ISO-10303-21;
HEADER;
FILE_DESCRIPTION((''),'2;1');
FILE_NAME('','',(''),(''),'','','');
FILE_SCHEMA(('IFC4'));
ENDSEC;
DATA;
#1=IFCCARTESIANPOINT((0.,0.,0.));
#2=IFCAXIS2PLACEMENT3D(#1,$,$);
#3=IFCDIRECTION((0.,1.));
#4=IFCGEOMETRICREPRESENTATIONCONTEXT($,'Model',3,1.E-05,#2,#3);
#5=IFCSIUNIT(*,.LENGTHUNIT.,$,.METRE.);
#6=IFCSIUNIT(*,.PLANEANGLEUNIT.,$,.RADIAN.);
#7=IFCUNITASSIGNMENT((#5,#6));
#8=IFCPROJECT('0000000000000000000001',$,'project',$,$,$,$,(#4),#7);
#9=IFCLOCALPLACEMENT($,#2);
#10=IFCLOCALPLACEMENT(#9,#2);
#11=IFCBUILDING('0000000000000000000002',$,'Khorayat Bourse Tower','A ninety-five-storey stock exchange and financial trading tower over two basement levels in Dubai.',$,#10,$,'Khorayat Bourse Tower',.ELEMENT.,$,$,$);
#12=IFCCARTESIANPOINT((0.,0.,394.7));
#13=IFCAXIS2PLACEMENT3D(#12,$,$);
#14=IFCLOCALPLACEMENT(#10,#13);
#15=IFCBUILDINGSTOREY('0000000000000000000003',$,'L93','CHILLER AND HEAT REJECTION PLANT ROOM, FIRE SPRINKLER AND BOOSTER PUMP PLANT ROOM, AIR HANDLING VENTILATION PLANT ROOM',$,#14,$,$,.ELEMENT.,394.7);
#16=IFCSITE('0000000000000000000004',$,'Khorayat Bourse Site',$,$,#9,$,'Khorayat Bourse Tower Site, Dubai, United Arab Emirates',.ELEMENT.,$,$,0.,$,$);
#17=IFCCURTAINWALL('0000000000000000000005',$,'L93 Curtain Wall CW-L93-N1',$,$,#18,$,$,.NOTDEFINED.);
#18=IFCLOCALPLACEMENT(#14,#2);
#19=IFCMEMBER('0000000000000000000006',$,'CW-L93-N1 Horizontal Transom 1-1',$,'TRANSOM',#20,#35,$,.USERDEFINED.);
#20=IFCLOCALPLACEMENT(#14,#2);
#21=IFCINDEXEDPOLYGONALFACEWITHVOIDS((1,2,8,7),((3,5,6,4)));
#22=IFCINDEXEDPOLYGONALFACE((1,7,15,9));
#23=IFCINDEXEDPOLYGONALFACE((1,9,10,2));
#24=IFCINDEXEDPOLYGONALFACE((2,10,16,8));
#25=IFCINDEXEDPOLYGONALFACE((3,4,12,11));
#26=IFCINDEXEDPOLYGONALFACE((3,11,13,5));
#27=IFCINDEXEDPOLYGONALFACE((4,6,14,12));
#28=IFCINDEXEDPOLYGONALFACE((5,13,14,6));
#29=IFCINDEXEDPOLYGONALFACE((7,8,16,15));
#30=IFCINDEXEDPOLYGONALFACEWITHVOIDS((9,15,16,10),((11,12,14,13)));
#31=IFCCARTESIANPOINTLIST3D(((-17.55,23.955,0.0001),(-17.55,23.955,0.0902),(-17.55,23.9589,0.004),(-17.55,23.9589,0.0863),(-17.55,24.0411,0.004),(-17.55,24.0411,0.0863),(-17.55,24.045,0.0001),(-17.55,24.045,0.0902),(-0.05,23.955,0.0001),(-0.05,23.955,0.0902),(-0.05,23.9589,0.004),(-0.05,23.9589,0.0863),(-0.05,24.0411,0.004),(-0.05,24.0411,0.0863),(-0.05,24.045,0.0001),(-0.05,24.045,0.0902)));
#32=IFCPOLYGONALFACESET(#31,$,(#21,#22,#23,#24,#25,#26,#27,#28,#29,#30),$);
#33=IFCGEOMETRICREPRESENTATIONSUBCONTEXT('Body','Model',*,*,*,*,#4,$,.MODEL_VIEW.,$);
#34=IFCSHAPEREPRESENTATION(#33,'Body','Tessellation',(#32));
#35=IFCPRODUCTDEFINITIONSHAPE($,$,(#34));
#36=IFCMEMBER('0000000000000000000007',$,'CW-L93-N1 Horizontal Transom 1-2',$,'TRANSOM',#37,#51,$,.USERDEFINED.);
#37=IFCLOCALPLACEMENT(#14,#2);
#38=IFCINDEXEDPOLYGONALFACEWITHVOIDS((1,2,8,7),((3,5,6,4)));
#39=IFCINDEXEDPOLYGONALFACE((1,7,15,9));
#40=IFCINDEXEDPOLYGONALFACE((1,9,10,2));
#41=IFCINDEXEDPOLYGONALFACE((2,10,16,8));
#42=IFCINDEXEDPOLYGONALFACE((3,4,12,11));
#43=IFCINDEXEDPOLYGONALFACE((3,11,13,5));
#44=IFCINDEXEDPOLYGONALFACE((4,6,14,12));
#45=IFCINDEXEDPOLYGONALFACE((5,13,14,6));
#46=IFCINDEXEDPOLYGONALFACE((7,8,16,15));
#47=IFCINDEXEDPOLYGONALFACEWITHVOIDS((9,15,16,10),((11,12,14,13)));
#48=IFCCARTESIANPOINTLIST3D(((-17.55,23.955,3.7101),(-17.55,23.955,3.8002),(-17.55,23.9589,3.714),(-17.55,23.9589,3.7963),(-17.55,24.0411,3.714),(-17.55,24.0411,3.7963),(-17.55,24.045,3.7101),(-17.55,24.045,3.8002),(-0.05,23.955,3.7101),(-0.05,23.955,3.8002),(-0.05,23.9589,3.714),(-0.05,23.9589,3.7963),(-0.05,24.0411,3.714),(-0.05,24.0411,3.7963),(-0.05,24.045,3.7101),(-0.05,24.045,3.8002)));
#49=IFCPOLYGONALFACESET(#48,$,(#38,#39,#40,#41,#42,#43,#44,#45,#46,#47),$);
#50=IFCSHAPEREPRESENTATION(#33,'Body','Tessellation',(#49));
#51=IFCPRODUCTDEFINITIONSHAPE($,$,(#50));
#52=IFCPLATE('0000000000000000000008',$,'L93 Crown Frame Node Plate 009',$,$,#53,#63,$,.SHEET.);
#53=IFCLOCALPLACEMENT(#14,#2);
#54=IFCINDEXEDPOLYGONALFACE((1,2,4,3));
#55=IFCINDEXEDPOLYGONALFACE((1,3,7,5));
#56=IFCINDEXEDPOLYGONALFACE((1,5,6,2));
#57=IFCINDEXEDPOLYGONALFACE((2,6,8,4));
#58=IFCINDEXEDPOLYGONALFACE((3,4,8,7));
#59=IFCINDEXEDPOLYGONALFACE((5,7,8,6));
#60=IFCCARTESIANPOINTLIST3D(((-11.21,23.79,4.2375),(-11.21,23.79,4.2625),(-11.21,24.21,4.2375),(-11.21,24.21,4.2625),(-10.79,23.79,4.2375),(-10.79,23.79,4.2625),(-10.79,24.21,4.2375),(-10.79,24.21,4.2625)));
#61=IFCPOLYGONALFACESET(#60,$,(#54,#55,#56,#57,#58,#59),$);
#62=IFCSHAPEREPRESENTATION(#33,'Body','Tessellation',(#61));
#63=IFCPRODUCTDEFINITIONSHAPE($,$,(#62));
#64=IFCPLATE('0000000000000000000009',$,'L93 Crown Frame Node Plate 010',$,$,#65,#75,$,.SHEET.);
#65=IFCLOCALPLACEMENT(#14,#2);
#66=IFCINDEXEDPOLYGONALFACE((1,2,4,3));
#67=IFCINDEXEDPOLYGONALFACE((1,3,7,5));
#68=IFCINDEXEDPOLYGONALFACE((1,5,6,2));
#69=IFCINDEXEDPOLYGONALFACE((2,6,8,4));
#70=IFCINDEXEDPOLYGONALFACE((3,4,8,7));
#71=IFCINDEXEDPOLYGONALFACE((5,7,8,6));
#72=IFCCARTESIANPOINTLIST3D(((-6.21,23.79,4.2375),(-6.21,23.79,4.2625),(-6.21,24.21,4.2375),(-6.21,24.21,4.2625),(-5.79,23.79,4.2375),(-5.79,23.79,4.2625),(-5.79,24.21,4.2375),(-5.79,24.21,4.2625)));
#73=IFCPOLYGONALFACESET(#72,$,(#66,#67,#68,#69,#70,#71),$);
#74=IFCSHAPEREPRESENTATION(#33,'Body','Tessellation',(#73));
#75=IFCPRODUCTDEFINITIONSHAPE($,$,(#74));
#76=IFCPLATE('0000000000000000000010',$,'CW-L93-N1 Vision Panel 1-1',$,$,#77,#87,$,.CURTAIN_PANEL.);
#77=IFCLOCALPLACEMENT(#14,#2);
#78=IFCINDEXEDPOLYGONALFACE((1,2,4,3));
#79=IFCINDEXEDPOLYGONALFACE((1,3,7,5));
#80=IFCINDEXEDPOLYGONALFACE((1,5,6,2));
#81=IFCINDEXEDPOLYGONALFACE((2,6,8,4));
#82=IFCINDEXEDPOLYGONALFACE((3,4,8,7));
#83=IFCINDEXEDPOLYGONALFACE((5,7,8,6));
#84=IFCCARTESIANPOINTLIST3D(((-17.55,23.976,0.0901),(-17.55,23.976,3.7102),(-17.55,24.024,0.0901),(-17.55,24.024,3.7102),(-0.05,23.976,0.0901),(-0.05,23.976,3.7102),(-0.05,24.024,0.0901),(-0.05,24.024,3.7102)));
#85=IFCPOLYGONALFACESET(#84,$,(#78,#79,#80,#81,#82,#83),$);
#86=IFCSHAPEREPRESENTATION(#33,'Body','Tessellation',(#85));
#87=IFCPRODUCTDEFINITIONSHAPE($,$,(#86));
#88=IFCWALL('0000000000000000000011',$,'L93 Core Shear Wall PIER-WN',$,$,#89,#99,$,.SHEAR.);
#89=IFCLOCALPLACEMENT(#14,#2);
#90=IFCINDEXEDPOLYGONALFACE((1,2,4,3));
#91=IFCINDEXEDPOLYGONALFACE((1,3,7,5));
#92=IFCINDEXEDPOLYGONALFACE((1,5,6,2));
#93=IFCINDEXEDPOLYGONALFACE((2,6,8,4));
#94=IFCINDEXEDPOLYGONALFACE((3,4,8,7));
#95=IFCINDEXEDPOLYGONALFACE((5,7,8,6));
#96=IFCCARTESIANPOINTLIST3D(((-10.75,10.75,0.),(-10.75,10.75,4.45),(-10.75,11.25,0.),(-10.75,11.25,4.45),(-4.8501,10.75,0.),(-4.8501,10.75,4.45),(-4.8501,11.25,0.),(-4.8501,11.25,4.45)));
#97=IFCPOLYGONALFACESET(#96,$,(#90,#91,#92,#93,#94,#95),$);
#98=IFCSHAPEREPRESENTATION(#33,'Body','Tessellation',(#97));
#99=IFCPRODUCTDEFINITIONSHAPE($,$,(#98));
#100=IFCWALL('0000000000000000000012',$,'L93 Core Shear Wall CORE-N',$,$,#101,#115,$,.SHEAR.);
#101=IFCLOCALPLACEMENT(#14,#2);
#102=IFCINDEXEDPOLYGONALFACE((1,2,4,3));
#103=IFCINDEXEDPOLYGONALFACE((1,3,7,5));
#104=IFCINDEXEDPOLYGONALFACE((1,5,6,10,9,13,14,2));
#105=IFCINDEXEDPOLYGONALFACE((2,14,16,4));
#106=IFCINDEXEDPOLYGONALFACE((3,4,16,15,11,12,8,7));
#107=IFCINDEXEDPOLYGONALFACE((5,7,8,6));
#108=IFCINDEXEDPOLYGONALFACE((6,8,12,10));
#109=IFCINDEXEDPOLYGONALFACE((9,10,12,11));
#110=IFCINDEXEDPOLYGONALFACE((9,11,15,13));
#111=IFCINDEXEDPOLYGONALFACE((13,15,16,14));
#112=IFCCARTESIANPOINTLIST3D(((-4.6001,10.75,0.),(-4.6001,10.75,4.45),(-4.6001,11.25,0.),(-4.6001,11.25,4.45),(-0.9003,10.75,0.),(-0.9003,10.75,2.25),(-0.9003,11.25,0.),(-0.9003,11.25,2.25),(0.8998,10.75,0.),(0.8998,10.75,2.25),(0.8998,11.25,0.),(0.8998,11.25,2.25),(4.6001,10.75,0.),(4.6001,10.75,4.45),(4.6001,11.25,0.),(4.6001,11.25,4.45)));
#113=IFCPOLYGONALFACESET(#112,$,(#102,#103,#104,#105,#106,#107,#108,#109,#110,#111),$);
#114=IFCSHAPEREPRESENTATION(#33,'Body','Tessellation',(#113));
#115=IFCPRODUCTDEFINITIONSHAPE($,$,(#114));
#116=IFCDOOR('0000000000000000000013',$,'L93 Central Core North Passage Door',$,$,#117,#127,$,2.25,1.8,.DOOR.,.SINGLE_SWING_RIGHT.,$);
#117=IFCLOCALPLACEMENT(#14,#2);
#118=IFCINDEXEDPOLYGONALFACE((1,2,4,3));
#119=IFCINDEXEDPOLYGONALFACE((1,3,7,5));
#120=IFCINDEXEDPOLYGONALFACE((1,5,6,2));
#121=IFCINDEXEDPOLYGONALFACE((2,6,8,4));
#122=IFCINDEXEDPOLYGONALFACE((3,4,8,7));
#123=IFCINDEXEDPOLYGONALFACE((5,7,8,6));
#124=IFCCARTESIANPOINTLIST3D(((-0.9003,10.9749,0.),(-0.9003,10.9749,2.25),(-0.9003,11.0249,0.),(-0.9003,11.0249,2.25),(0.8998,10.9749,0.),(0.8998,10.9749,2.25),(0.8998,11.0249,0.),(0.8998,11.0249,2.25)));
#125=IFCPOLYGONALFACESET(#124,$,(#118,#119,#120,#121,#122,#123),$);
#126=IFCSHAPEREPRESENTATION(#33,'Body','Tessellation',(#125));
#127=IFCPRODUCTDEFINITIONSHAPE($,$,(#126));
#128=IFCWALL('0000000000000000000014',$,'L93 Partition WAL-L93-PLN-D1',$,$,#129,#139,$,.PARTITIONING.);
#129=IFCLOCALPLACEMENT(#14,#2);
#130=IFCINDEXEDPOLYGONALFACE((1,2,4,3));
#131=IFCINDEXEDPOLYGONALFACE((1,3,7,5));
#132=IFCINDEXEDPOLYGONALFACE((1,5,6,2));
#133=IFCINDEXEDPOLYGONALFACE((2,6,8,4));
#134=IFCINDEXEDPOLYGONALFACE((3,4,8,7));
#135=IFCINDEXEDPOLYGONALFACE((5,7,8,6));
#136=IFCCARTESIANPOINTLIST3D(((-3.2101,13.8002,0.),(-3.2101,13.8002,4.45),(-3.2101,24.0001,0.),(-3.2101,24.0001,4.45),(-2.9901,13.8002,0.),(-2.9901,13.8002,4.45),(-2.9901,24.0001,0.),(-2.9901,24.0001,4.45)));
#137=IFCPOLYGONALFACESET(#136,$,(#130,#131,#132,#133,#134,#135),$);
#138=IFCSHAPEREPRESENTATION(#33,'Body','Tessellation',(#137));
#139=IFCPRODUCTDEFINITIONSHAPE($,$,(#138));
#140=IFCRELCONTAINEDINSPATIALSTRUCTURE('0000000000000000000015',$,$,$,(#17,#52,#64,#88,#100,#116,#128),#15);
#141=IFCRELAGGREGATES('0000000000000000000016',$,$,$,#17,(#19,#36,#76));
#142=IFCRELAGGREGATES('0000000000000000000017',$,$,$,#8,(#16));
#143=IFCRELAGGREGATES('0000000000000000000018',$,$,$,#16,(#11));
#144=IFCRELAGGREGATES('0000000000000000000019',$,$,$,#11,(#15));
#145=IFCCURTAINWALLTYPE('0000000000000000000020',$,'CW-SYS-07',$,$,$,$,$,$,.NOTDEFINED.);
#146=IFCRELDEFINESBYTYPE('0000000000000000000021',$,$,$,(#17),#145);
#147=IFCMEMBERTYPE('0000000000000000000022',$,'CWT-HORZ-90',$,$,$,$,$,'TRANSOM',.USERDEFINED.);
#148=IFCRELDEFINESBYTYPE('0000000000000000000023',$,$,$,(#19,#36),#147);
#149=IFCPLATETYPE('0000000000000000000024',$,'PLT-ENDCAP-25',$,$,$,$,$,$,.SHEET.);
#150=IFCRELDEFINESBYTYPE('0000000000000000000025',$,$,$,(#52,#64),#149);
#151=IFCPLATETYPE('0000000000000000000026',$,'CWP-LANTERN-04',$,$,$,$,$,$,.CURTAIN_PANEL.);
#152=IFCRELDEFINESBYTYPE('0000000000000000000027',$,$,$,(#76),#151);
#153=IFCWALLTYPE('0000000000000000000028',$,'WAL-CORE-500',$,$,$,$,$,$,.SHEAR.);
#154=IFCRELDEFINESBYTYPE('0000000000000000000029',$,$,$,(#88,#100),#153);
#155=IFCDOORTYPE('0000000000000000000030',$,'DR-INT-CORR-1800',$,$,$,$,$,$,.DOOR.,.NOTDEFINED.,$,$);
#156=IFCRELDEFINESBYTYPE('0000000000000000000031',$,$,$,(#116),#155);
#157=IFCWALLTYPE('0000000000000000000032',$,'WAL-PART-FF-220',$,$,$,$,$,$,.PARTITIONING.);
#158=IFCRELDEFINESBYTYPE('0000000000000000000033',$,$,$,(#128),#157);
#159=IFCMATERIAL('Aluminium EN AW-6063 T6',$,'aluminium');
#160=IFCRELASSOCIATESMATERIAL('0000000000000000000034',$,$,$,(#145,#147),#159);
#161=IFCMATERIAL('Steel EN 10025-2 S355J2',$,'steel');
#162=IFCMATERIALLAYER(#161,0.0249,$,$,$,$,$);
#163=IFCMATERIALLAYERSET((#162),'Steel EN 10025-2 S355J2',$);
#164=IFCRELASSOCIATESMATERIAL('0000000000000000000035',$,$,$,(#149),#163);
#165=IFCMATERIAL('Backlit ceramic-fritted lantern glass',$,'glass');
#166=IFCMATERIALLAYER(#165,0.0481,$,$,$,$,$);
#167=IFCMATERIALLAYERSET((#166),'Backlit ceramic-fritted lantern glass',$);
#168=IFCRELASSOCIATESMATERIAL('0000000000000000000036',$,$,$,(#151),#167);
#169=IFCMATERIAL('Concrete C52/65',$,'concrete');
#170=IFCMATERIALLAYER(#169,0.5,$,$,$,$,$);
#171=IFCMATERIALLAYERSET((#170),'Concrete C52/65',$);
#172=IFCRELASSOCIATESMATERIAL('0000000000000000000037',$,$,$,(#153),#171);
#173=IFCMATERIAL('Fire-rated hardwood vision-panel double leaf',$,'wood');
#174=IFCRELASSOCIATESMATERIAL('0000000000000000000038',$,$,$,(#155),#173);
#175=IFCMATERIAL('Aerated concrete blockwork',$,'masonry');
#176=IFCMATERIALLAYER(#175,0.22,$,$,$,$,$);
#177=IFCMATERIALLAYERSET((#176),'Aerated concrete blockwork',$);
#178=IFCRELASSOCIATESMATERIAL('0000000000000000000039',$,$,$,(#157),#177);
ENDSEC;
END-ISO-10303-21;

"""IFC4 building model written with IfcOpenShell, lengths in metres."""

from ifc_helpers import new_model, si_unit, direction, frame, frame_2d, origin, origin_2d, place, context, subcontext, project, spatial, rectangle, hollow_rectangle, extrude, source, transform, mapped, material, layer, layer_set, material_profile, profile_set, type_object, element, fill, aggregate, save


model = new_model("IFC4")

# Units and contexts
model_context = context("Model", 3, precision=1e-05, world=origin(), true_north=direction((0.0, 1.0)))
body_context = subcontext(model_context, "Body", "Model", "MODEL_VIEW")
ifc_project = project(units=[si_unit("LENGTHUNIT", "METRE"), si_unit("PLANEANGLEUNIT", "RADIAN")], contexts=[model_context])

# Site, building, storey
site_placement = place(None, origin())
site = spatial("IfcSite", under=ifc_project, at=site_placement, Name="Khorayat Bourse Site", LongName="Khorayat Bourse Tower Site, Dubai, United Arab Emirates", CompositionType="ELEMENT", RefElevation=0.0)
building_placement = place(site_placement, origin())
building = spatial("IfcBuilding", under=site, at=building_placement, Name="Khorayat Bourse Tower", Description="A ninety-five-storey stock exchange and financial trading tower over two basement levels in Dubai.", LongName="Khorayat Bourse Tower", CompositionType="ELEMENT")
storey_placement = place(building_placement, frame((0.0, 0.0, 394.7)))
storey = spatial("IfcBuildingStorey", under=building, at=storey_placement, Name="L93", Description="CHILLER AND HEAT REJECTION PLANT ROOM, FIRE SPRINKLER AND BOOSTER PUMP PLANT ROOM, AIR HANDLING VENTILATION PLANT ROOM", CompositionType="ELEMENT", Elevation=394.7)

# Shared definitions
ifc_material_1 = material(Name="Concrete C52/65", Category="concrete")
ifc_material_2 = material(Name="Steel EN 10025-2 S355J2", Category="steel")

# Curtain wall, members
ifc_material_3 = material(Name="Aluminium EN AW-6063 T6", Category="aluminium")
curtain_wall_type = type_object("IfcCurtainWallType", Name="CW-SYS-07", PredefinedType="NOTDEFINED", material=ifc_material_3)
curtain_wall_placement = place(storey_placement, origin())
curtain_wall = element("IfcCurtainWall", 1, at=curtain_wall_placement, inside=storey, type_object=curtain_wall_type, Name="L93 Curtain Wall CW-L93-N1", PredefinedType="NOTDEFINED")
ifc_material_profile_1 = material_profile(ifc_material_3, hollow_rectangle(XDim=0.0901, YDim=0.0901, WallThickness=0.0039, at=origin_2d()), Name="ALU 90x90x4")
ifc_profile_set_1 = profile_set([ifc_material_profile_1], Name="Aluminium EN AW-6063 T6")
member_type_1 = type_object("IfcMemberType", Name="CWT-HORZ-90", ElementType="TRANSOM", PredefinedType="USERDEFINED", material=ifc_profile_set_1)
shared_shape_1 = source(origin(), body_context, "Body", "SweptSolid", [
    extrude(hollow_rectangle(XDim=0.0901, YDim=0.0901, WallThickness=0.0039, at=origin_2d()), origin(), (0.0, 0.0, 1.0), 17.5),
])
member_1_placement = place(storey_placement, frame((-17.55, 24.0, 0.0452), z_axis=(1.0, 0.0, 0.0), x_axis=(0.0, 1.0, 0.0)))
member_1 = element("IfcMember", 2, at=member_1_placement, type_object=member_type_1, Name="CW-L93-N1 Horizontal Transom 1-1", ObjectType="TRANSOM", PredefinedType="USERDEFINED", context=body_context, shape_type="MappedRepresentation", body=[
    mapped(shared_shape_1, transform((0.0, 0.0, 0.0), scale=1.0)),
])
member_2_placement = place(storey_placement, frame((-17.55, 24.0, 3.7551), z_axis=(1.0, 0.0, 0.0), x_axis=(0.0, 1.0, 0.0)))
member_2 = element("IfcMember", 3, at=member_2_placement, type_object=member_type_1, Name="CW-L93-N1 Horizontal Transom 1-2", ObjectType="TRANSOM", PredefinedType="USERDEFINED", context=body_context, shape_type="MappedRepresentation", body=[
    mapped(shared_shape_1, transform((0.0, 0.0, 0.0), scale=1.0)),
])

# Plates
ifc_layer_1 = layer(ifc_material_2, 0.0249)
ifc_layer_set_1 = layer_set([ifc_layer_1], Name="Steel EN 10025-2 S355J2")
plate_type_1 = type_object("IfcPlateType", Name="PLT-ENDCAP-25", PredefinedType="SHEET", material=ifc_layer_set_1)
shared_shape_2 = source(origin(), body_context, "Body", "SweptSolid", [
    extrude(rectangle(XDim=0.4199, YDim=0.4199, at=origin_2d()), origin(), (0.0, 0.0, 1.0), 0.0249),
])
for number, where, z_axis, x_axis, name in (
    (4, (-11.0, 24.0, 4.2375), (0.0, 0.0, 1.0), (1.0, 0.0, 0.0), "L93 Crown Frame Node Plate 009"),
    (5, (-6.0, 24.0, 4.2375), (0.0, 0.0, 1.0), (1.0, 0.0, 0.0), "L93 Crown Frame Node Plate 010"),
):
    element("IfcPlate", number, at=place(storey_placement, frame(where, z_axis=z_axis, x_axis=x_axis)), inside=storey, type_object=plate_type_1, Name=name, PredefinedType="SHEET", context=body_context, shape_type="MappedRepresentation", body=[
        mapped(shared_shape_2, transform((0.0, 0.0, 0.0), scale=1.0)),
    ])

# Plate
ifc_material_4 = material(Name="Backlit ceramic-fritted lantern glass", Category="glass")
ifc_layer_2 = layer(ifc_material_4, 0.0481)
ifc_layer_set_2 = layer_set([ifc_layer_2], Name="Backlit ceramic-fritted lantern glass")
plate_type_2 = type_object("IfcPlateType", Name="CWP-LANTERN-04", PredefinedType="CURTAIN_PANEL", material=ifc_layer_set_2)
shared_shape_3 = source(origin(), body_context, "Body", "SweptSolid", [
    extrude(rectangle(XDim=17.5, YDim=0.0481, at=origin_2d()), origin(), (0.0, 0.0, 1.0), 3.6201),
])
plate_placement = place(storey_placement, frame((-8.8, 24.0, 0.0901), z_axis=(0.0, 0.0, 1.0), x_axis=(1.0, 0.0, 0.0)))
plate = element("IfcPlate", 6, at=plate_placement, type_object=plate_type_2, Name="CW-L93-N1 Vision Panel 1-1", PredefinedType="CURTAIN_PANEL", context=body_context, shape_type="MappedRepresentation", body=[
    mapped(shared_shape_3, transform((0.0, 0.0, 0.0), scale=1.0)),
])
aggregate(curtain_wall, [member_1, member_2, plate])

# Wall
ifc_layer_3 = layer(ifc_material_1, 0.5)
ifc_layer_set_3 = layer_set([ifc_layer_3], Name="Concrete C52/65")
wall_type_1 = type_object("IfcWallType", Name="WAL-CORE-500", PredefinedType="SHEAR", material=ifc_layer_set_3)
shared_shape_4 = source(origin(), body_context, "Body", "SweptSolid", [
    extrude(rectangle(XDim=5.8999, YDim=0.5, at=frame_2d((2.95, 0.0))), origin(), (0.0, 0.0, 1.0), 4.45),
])
wall_1_placement = place(storey_placement, frame((-10.75, 11.0, 0.0), z_axis=(0.0, 0.0, 1.0), x_axis=(1.0, 0.0, 0.0)))
element("IfcWall", 7, at=wall_1_placement, inside=storey, type_object=wall_type_1, Name="L93 Core Shear Wall PIER-WN", PredefinedType="SHEAR", context=body_context, shape_type="MappedRepresentation", body=[
    mapped(shared_shape_4, transform((0.0, 0.0, 0.0), scale=1.0)),
])

# Wall, opening, door
shared_shape_5 = source(origin(), body_context, "Body", "SweptSolid", [
    extrude(rectangle(XDim=9.2002, YDim=0.5, at=frame_2d((4.6001, 0.0))), origin(), (0.0, 0.0, 1.0), 4.45),
])
wall_2_placement = place(storey_placement, frame((-4.6001, 11.0, 0.0), z_axis=(0.0, 0.0, 1.0), x_axis=(1.0, 0.0, 0.0)))
wall_2 = element("IfcWall", 8, at=wall_2_placement, inside=storey, type_object=wall_type_1, Name="L93 Core Shear Wall CORE-N", PredefinedType="SHEAR", context=body_context, shape_type="MappedRepresentation", body=[
    mapped(shared_shape_5, transform((0.0, 0.0, 0.0), scale=1.0)),
])
shared_shape_6 = source(origin(), body_context, "Body", "SweptSolid", [
    extrude(rectangle(XDim=1.8, YDim=2.25, at=frame_2d((0.8999, 1.125))), frame((0.0, 0.26, 0.0), z_axis=(0.0, -1.0, 0.0), x_axis=(1.0, 0.0, 0.0)), (0.0, 0.0, 1.0), 0.52),
])
opening_placement = place(wall_2_placement, frame((3.7, 0.0, 0.0)))
opening = element("IfcOpeningElement", 9, at=opening_placement, cuts=wall_2, PredefinedType="OPENING", context=body_context, shape_type="MappedRepresentation", body=[
    mapped(shared_shape_6, transform((0.0, 0.0, 0.0), scale=1.0)),
])
ifc_material_5 = material(Name="Fire-rated hardwood vision-panel double leaf", Category="wood")
door_type = type_object("IfcDoorType", Name="DR-INT-CORR-1800", OperationType="NOTDEFINED", PredefinedType="DOOR", material=ifc_material_5)
shared_shape_7 = source(origin(), body_context, "Body", "SweptSolid", [
    extrude(rectangle(XDim=1.8, YDim=2.25, at=frame_2d((0.8999, 1.125))), frame((0.0, 0.0249, 0.0), z_axis=(0.0, -1.0, 0.0), x_axis=(1.0, 0.0, 0.0)), (0.0, 0.0, 1.0), 0.05),
])
door_placement = place(opening_placement, origin())
door = element("IfcDoor", 10, at=door_placement, inside=storey, type_object=door_type, Name="L93 Central Core North Passage Door", OperationType="SINGLE_SWING_RIGHT", OverallHeight=2.25, OverallWidth=1.8, PredefinedType="DOOR", context=body_context, shape_type="MappedRepresentation", body=[
    mapped(shared_shape_7, transform((0.0, 0.0, 0.0), scale=1.0)),
])
fill(opening, door)

# Wall
ifc_material_6 = material(Name="Aerated concrete blockwork", Category="masonry")
ifc_layer_4 = layer(ifc_material_6, 0.22)
ifc_layer_set_4 = layer_set([ifc_layer_4], Name="Aerated concrete blockwork")
wall_type_2 = type_object("IfcWallType", Name="WAL-PART-FF-220", PredefinedType="PARTITIONING", material=ifc_layer_set_4)
shared_shape_8 = source(origin(), body_context, "Body", "SweptSolid", [
    extrude(rectangle(XDim=10.2, YDim=0.22, at=frame_2d((5.1001, 0.0))), origin(), (0.0, 0.0, 1.0), 4.45),
])
wall_3_placement = place(storey_placement, frame((-3.1001, 13.8, 0.0), z_axis=(0.0, 0.0, 1.0), x_axis=(0.0, 1.0, 0.0)))
element("IfcWall", 11, at=wall_3_placement, inside=storey, type_object=wall_type_2, Name="L93 Partition WAL-L93-PLN-D1", PredefinedType="PARTITIONING", context=body_context, shape_type="MappedRepresentation", body=[
    mapped(shared_shape_8, transform((0.0, 0.0, 0.0), scale=1.0)),
])

save(model, "model.ifc")
